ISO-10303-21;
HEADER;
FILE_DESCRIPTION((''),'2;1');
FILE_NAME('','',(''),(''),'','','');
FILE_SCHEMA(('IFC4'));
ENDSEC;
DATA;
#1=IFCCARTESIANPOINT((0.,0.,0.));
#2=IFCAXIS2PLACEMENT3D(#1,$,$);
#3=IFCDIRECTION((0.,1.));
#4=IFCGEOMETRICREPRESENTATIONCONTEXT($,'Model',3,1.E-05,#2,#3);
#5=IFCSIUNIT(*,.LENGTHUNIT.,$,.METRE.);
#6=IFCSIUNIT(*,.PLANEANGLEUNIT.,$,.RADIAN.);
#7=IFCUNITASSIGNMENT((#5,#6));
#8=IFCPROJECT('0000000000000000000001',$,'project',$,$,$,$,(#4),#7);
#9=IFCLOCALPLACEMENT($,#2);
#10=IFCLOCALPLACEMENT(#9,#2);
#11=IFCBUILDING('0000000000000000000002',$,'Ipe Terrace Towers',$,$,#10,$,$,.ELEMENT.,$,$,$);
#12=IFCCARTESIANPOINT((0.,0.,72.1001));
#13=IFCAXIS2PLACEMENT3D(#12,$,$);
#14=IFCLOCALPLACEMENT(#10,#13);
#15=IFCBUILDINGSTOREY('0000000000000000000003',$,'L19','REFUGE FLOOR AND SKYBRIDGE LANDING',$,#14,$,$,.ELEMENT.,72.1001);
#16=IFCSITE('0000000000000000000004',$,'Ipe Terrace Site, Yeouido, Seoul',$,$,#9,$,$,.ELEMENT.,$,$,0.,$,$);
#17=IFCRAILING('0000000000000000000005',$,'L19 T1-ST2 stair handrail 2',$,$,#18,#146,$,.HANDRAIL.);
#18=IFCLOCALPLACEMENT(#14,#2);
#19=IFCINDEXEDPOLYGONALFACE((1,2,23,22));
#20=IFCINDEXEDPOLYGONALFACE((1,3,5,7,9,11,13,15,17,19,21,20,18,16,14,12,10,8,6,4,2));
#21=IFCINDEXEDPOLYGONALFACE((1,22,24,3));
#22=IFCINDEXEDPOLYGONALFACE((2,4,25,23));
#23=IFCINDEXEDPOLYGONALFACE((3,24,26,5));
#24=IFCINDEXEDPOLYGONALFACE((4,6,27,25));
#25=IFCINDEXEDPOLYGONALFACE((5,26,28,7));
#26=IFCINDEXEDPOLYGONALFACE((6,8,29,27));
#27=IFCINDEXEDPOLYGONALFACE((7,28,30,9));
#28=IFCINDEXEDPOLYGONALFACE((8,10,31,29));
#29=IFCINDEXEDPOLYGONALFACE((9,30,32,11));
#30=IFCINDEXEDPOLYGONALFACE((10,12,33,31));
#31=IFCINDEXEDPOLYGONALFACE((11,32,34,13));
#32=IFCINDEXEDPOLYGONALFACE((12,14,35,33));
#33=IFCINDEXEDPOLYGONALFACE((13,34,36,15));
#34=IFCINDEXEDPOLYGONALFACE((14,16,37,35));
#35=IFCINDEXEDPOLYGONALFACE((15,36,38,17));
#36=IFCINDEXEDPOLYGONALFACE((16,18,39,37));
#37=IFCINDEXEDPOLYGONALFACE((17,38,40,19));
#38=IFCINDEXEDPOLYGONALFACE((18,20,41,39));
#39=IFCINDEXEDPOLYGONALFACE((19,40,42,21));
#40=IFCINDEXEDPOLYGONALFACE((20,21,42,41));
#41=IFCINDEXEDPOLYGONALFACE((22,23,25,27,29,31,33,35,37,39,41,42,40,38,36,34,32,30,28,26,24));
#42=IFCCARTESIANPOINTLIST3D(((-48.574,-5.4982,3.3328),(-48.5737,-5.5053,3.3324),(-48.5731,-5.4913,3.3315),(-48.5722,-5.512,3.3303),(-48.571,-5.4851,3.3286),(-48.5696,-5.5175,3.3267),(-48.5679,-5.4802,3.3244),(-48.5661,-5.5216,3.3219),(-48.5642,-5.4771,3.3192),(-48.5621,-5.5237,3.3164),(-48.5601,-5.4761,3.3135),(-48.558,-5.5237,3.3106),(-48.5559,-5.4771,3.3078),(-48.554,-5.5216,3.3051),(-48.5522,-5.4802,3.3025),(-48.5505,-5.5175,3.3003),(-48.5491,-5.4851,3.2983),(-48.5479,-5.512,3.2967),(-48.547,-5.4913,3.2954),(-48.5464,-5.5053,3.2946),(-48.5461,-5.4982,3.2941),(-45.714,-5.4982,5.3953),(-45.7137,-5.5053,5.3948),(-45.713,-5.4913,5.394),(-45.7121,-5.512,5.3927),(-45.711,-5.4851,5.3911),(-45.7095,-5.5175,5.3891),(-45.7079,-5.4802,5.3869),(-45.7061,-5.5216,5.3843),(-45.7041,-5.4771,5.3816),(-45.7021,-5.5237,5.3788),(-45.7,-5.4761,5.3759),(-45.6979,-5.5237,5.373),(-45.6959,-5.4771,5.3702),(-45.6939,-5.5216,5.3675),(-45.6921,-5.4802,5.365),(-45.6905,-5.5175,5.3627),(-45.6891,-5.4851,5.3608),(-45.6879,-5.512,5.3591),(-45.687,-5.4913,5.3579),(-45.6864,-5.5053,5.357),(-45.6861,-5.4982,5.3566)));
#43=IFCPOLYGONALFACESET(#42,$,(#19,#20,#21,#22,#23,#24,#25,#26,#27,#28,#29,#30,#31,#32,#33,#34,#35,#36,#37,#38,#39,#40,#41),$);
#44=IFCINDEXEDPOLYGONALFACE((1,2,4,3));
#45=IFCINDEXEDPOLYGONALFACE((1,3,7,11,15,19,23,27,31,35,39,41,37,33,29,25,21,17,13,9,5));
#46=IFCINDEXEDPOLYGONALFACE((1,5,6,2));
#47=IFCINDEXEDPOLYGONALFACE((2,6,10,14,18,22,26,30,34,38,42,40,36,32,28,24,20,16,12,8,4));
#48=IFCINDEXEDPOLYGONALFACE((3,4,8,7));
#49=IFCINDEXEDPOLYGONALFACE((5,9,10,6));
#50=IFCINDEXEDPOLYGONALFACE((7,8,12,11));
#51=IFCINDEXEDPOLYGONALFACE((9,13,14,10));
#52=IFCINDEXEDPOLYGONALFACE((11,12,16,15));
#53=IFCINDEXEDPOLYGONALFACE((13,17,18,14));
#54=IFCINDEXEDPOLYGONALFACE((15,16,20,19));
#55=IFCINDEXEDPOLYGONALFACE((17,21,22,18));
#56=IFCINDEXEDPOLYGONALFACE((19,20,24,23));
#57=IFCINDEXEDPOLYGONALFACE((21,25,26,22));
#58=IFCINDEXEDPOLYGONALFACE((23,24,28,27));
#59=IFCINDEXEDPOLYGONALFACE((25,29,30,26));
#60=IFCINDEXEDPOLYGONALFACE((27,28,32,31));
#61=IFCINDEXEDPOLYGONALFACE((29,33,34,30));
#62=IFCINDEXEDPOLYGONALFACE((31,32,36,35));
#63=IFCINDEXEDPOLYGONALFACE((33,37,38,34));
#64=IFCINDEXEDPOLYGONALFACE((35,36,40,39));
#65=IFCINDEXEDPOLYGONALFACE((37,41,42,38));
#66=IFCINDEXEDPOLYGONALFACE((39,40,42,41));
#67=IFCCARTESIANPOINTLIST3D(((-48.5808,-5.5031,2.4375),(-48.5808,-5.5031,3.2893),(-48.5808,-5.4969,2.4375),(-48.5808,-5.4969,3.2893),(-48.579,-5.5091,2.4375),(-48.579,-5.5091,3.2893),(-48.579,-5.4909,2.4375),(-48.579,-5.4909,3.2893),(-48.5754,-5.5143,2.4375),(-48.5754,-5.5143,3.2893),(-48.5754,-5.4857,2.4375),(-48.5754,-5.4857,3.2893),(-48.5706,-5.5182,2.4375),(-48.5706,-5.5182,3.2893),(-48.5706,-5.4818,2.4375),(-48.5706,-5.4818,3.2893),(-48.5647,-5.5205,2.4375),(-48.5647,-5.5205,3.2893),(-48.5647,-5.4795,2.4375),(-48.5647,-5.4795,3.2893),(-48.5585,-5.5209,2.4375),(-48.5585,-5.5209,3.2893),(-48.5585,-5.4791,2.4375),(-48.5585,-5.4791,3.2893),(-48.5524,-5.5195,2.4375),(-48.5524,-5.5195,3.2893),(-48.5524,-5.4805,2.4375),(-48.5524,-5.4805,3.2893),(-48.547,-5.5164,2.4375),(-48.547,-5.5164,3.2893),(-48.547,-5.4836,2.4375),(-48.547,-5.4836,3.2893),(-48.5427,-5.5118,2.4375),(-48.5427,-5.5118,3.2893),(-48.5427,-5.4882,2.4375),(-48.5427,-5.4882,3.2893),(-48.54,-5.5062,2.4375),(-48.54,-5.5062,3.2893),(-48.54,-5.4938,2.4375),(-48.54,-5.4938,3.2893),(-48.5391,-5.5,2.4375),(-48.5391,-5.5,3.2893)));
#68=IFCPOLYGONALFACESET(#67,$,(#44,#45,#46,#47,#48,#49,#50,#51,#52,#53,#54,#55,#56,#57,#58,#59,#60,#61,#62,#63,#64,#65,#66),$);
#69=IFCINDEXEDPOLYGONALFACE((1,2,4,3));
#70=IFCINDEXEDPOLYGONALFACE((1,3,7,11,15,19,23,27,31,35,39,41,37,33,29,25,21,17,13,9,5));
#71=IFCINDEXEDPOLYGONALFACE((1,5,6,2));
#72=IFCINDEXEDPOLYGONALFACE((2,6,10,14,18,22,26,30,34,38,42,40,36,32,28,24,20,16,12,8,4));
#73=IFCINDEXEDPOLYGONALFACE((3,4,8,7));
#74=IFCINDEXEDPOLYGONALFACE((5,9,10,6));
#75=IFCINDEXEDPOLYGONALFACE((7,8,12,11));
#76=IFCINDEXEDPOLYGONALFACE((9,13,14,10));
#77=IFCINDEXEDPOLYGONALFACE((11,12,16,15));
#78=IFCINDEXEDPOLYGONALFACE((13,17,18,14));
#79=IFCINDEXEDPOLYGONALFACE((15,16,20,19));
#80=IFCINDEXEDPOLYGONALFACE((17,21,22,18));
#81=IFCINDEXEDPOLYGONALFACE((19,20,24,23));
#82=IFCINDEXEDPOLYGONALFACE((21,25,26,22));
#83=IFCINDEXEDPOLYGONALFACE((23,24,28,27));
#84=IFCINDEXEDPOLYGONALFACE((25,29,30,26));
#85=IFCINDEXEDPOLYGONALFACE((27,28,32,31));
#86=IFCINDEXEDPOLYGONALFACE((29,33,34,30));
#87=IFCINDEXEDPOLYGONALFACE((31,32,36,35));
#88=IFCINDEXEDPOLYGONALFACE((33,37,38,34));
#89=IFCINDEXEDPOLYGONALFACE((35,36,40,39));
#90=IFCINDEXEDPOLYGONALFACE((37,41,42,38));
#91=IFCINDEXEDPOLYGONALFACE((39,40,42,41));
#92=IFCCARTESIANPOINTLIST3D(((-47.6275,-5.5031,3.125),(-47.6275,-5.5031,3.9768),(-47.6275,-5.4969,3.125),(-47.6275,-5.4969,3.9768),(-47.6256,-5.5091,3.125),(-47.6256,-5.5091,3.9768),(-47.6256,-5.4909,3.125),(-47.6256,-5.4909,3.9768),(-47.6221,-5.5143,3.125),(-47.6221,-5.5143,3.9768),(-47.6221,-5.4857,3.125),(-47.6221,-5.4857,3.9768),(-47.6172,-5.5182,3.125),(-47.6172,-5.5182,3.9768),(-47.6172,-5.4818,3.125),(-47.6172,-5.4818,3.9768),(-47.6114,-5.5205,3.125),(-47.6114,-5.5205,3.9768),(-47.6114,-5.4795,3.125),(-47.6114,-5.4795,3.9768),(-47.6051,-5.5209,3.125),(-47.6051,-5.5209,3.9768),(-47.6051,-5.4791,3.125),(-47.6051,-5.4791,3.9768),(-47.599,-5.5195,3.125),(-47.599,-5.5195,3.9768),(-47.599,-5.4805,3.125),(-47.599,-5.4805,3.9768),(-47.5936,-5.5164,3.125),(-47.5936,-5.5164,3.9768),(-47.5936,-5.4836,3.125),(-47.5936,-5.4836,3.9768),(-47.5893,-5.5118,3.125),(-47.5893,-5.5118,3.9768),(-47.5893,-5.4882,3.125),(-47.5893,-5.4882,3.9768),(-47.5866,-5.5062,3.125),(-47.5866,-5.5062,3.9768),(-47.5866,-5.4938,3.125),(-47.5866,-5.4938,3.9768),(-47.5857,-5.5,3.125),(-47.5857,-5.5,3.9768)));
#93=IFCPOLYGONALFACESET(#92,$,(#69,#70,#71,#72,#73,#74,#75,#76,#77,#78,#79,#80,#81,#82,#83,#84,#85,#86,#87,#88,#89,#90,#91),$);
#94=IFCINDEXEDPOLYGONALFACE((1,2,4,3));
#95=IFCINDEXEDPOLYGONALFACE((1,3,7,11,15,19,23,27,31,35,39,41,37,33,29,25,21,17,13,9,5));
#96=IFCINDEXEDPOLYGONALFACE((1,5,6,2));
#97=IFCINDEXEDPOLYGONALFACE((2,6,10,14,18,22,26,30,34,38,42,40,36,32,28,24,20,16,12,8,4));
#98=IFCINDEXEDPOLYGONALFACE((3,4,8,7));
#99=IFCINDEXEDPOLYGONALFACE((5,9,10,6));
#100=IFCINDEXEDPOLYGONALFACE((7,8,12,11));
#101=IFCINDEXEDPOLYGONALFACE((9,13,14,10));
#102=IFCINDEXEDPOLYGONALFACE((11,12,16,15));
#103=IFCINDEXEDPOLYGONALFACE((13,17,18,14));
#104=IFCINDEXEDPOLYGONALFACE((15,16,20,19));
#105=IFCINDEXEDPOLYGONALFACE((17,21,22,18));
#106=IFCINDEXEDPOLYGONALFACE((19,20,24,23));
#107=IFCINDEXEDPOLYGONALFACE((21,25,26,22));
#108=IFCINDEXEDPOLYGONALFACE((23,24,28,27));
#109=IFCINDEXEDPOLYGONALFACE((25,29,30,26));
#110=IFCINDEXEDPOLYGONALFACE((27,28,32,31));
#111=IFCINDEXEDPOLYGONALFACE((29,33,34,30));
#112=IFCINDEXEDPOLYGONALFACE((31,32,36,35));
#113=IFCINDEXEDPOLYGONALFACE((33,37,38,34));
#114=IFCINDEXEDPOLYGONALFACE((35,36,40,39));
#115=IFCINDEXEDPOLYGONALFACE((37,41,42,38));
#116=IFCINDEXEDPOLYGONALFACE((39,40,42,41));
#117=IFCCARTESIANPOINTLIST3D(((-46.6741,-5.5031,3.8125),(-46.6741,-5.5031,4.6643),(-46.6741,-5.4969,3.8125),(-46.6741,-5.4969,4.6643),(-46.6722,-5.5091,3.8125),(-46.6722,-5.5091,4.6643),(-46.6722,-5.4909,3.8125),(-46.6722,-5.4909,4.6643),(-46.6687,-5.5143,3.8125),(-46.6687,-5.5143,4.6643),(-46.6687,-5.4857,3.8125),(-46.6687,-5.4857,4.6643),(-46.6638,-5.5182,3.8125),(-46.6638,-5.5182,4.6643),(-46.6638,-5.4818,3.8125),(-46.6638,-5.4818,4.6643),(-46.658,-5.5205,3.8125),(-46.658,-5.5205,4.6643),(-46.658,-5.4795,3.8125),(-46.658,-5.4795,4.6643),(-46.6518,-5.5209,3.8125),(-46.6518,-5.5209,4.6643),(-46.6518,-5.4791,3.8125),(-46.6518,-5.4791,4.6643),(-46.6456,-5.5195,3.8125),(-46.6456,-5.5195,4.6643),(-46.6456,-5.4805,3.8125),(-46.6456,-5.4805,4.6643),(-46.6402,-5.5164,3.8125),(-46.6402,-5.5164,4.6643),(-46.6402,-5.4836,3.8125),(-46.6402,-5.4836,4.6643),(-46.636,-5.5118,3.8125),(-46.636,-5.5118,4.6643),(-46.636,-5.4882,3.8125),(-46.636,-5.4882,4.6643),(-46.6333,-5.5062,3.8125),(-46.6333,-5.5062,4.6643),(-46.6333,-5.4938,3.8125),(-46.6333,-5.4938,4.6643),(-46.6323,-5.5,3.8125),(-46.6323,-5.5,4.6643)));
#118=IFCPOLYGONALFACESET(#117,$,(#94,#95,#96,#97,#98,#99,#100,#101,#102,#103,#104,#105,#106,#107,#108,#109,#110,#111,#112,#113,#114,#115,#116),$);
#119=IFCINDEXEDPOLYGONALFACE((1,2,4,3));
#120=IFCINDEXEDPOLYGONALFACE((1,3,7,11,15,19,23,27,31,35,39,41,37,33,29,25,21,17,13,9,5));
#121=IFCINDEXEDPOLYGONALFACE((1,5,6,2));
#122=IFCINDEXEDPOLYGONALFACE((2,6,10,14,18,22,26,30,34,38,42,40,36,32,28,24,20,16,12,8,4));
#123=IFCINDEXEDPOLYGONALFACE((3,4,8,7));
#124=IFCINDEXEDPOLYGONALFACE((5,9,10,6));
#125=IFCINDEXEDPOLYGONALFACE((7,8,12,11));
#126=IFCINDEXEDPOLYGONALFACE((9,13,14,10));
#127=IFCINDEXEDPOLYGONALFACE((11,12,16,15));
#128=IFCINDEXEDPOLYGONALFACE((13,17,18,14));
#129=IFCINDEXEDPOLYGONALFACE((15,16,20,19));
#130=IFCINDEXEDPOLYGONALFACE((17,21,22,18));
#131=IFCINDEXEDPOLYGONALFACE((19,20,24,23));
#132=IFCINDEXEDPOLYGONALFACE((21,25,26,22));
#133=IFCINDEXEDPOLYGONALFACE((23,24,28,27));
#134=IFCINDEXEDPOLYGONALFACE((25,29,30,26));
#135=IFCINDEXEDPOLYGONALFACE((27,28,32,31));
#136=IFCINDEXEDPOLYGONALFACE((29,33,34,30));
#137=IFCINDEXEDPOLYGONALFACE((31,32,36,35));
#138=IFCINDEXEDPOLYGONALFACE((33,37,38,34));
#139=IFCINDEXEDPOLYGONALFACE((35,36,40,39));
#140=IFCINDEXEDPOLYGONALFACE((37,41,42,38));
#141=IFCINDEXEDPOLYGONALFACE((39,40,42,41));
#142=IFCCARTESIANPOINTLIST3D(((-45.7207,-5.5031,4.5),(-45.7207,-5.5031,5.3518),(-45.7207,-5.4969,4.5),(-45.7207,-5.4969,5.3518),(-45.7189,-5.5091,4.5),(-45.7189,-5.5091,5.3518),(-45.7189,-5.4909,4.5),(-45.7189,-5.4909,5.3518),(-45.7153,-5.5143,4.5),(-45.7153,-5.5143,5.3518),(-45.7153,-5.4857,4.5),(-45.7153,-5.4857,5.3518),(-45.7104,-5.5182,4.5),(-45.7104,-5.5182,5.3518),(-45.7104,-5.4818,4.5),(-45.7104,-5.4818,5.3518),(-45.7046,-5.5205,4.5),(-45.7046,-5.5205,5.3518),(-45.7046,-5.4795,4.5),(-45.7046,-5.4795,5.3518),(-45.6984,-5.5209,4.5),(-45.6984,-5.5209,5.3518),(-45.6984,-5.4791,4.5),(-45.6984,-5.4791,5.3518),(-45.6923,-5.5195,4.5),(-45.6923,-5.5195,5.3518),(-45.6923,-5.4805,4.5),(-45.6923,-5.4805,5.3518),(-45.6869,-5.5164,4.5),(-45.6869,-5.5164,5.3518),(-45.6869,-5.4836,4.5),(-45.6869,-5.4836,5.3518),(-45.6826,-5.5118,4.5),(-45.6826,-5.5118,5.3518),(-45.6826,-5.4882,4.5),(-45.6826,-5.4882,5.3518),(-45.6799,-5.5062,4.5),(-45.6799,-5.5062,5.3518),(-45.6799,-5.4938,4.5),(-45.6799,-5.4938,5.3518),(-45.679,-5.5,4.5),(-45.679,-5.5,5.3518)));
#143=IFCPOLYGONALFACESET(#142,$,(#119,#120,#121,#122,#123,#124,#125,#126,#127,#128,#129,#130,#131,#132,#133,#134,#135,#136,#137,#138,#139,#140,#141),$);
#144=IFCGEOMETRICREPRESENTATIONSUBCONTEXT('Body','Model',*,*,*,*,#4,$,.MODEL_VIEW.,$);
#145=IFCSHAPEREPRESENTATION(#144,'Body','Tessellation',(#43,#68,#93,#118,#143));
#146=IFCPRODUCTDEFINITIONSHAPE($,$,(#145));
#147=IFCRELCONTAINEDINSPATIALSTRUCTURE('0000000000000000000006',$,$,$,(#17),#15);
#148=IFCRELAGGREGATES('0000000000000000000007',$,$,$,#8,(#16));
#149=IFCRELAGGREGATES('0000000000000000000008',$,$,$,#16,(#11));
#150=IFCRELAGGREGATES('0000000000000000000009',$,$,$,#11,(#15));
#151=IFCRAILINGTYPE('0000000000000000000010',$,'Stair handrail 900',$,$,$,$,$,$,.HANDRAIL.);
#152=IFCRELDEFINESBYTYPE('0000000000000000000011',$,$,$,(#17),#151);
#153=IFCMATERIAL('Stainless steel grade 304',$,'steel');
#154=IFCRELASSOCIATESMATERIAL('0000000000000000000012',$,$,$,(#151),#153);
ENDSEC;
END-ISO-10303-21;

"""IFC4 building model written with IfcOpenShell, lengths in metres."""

from ifc_helpers import new_model, si_unit, direction, frame, origin, origin_2d, place, context, subcontext, project, spatial, circle, extrude, material, type_object, element, save


model = new_model("IFC4")

# Units and contexts
model_context = context("Model", 3, precision=1e-05, world=origin(), true_north=direction((0.0, 1.0)))
body_context = subcontext(model_context, "Body", "Model", "MODEL_VIEW")
ifc_project = project(units=[si_unit("LENGTHUNIT", "METRE"), si_unit("PLANEANGLEUNIT", "RADIAN")], contexts=[model_context])

# Site, building, storey
site_placement = place(None, origin())
site = spatial("IfcSite", under=ifc_project, at=site_placement, Name="Ipe Terrace Site, Yeouido, Seoul", CompositionType="ELEMENT", RefElevation=0.0)
building_placement = place(site_placement, origin())
building = spatial("IfcBuilding", under=site, at=building_placement, Name="Ipe Terrace Towers", CompositionType="ELEMENT")
storey_placement = place(building_placement, frame((0.0, 0.0, 72.1001)))
storey = spatial("IfcBuildingStorey", under=building, at=storey_placement, Name="L19", Description="REFUGE FLOOR AND SKYBRIDGE LANDING", CompositionType="ELEMENT", Elevation=72.1001)

# Railing
ifc_material_1 = material(Name="Stainless steel grade 304", Category="steel")
railing_type_1 = type_object("IfcRailingType", Name="Stair handrail 900", PredefinedType="HANDRAIL", material=ifc_material_1)
railing_1_placement = place(storey_placement, frame((-48.5601, -5.5, 2.4375)))
element("IfcRailing", 1, at=railing_1_placement, inside=storey, type_object=railing_type_1, Name="L19 T1-ST2 stair handrail 2", PredefinedType="HANDRAIL", context=body_context, shape_type="SweptSolid", body=[
    extrude(circle(Radius=0.0239, at=origin_2d()), frame((0.0, 0.0, 0.876), z_axis=(0.811101, 0.0, 0.584906), x_axis=(0.0, 1.0, 0.0)), (0.0, 0.0, 1.0), 3.5261),
    extrude(circle(Radius=0.021, at=origin_2d()), origin(), (0.0, 0.0, 1.0), 0.8518),
    extrude(circle(Radius=0.021, at=origin_2d()), frame((0.9534, 0.0, 0.6875)), (0.0, 0.0, 1.0), 0.8518),
    extrude(circle(Radius=0.021, at=origin_2d()), frame((1.9067, 0.0, 1.375)), (0.0, 0.0, 1.0), 0.8518),
    extrude(circle(Radius=0.021, at=origin_2d()), frame((2.8601, 0.0, 2.0625)), (0.0, 0.0, 1.0), 0.8518),
])

save(model, "model.ifc")
